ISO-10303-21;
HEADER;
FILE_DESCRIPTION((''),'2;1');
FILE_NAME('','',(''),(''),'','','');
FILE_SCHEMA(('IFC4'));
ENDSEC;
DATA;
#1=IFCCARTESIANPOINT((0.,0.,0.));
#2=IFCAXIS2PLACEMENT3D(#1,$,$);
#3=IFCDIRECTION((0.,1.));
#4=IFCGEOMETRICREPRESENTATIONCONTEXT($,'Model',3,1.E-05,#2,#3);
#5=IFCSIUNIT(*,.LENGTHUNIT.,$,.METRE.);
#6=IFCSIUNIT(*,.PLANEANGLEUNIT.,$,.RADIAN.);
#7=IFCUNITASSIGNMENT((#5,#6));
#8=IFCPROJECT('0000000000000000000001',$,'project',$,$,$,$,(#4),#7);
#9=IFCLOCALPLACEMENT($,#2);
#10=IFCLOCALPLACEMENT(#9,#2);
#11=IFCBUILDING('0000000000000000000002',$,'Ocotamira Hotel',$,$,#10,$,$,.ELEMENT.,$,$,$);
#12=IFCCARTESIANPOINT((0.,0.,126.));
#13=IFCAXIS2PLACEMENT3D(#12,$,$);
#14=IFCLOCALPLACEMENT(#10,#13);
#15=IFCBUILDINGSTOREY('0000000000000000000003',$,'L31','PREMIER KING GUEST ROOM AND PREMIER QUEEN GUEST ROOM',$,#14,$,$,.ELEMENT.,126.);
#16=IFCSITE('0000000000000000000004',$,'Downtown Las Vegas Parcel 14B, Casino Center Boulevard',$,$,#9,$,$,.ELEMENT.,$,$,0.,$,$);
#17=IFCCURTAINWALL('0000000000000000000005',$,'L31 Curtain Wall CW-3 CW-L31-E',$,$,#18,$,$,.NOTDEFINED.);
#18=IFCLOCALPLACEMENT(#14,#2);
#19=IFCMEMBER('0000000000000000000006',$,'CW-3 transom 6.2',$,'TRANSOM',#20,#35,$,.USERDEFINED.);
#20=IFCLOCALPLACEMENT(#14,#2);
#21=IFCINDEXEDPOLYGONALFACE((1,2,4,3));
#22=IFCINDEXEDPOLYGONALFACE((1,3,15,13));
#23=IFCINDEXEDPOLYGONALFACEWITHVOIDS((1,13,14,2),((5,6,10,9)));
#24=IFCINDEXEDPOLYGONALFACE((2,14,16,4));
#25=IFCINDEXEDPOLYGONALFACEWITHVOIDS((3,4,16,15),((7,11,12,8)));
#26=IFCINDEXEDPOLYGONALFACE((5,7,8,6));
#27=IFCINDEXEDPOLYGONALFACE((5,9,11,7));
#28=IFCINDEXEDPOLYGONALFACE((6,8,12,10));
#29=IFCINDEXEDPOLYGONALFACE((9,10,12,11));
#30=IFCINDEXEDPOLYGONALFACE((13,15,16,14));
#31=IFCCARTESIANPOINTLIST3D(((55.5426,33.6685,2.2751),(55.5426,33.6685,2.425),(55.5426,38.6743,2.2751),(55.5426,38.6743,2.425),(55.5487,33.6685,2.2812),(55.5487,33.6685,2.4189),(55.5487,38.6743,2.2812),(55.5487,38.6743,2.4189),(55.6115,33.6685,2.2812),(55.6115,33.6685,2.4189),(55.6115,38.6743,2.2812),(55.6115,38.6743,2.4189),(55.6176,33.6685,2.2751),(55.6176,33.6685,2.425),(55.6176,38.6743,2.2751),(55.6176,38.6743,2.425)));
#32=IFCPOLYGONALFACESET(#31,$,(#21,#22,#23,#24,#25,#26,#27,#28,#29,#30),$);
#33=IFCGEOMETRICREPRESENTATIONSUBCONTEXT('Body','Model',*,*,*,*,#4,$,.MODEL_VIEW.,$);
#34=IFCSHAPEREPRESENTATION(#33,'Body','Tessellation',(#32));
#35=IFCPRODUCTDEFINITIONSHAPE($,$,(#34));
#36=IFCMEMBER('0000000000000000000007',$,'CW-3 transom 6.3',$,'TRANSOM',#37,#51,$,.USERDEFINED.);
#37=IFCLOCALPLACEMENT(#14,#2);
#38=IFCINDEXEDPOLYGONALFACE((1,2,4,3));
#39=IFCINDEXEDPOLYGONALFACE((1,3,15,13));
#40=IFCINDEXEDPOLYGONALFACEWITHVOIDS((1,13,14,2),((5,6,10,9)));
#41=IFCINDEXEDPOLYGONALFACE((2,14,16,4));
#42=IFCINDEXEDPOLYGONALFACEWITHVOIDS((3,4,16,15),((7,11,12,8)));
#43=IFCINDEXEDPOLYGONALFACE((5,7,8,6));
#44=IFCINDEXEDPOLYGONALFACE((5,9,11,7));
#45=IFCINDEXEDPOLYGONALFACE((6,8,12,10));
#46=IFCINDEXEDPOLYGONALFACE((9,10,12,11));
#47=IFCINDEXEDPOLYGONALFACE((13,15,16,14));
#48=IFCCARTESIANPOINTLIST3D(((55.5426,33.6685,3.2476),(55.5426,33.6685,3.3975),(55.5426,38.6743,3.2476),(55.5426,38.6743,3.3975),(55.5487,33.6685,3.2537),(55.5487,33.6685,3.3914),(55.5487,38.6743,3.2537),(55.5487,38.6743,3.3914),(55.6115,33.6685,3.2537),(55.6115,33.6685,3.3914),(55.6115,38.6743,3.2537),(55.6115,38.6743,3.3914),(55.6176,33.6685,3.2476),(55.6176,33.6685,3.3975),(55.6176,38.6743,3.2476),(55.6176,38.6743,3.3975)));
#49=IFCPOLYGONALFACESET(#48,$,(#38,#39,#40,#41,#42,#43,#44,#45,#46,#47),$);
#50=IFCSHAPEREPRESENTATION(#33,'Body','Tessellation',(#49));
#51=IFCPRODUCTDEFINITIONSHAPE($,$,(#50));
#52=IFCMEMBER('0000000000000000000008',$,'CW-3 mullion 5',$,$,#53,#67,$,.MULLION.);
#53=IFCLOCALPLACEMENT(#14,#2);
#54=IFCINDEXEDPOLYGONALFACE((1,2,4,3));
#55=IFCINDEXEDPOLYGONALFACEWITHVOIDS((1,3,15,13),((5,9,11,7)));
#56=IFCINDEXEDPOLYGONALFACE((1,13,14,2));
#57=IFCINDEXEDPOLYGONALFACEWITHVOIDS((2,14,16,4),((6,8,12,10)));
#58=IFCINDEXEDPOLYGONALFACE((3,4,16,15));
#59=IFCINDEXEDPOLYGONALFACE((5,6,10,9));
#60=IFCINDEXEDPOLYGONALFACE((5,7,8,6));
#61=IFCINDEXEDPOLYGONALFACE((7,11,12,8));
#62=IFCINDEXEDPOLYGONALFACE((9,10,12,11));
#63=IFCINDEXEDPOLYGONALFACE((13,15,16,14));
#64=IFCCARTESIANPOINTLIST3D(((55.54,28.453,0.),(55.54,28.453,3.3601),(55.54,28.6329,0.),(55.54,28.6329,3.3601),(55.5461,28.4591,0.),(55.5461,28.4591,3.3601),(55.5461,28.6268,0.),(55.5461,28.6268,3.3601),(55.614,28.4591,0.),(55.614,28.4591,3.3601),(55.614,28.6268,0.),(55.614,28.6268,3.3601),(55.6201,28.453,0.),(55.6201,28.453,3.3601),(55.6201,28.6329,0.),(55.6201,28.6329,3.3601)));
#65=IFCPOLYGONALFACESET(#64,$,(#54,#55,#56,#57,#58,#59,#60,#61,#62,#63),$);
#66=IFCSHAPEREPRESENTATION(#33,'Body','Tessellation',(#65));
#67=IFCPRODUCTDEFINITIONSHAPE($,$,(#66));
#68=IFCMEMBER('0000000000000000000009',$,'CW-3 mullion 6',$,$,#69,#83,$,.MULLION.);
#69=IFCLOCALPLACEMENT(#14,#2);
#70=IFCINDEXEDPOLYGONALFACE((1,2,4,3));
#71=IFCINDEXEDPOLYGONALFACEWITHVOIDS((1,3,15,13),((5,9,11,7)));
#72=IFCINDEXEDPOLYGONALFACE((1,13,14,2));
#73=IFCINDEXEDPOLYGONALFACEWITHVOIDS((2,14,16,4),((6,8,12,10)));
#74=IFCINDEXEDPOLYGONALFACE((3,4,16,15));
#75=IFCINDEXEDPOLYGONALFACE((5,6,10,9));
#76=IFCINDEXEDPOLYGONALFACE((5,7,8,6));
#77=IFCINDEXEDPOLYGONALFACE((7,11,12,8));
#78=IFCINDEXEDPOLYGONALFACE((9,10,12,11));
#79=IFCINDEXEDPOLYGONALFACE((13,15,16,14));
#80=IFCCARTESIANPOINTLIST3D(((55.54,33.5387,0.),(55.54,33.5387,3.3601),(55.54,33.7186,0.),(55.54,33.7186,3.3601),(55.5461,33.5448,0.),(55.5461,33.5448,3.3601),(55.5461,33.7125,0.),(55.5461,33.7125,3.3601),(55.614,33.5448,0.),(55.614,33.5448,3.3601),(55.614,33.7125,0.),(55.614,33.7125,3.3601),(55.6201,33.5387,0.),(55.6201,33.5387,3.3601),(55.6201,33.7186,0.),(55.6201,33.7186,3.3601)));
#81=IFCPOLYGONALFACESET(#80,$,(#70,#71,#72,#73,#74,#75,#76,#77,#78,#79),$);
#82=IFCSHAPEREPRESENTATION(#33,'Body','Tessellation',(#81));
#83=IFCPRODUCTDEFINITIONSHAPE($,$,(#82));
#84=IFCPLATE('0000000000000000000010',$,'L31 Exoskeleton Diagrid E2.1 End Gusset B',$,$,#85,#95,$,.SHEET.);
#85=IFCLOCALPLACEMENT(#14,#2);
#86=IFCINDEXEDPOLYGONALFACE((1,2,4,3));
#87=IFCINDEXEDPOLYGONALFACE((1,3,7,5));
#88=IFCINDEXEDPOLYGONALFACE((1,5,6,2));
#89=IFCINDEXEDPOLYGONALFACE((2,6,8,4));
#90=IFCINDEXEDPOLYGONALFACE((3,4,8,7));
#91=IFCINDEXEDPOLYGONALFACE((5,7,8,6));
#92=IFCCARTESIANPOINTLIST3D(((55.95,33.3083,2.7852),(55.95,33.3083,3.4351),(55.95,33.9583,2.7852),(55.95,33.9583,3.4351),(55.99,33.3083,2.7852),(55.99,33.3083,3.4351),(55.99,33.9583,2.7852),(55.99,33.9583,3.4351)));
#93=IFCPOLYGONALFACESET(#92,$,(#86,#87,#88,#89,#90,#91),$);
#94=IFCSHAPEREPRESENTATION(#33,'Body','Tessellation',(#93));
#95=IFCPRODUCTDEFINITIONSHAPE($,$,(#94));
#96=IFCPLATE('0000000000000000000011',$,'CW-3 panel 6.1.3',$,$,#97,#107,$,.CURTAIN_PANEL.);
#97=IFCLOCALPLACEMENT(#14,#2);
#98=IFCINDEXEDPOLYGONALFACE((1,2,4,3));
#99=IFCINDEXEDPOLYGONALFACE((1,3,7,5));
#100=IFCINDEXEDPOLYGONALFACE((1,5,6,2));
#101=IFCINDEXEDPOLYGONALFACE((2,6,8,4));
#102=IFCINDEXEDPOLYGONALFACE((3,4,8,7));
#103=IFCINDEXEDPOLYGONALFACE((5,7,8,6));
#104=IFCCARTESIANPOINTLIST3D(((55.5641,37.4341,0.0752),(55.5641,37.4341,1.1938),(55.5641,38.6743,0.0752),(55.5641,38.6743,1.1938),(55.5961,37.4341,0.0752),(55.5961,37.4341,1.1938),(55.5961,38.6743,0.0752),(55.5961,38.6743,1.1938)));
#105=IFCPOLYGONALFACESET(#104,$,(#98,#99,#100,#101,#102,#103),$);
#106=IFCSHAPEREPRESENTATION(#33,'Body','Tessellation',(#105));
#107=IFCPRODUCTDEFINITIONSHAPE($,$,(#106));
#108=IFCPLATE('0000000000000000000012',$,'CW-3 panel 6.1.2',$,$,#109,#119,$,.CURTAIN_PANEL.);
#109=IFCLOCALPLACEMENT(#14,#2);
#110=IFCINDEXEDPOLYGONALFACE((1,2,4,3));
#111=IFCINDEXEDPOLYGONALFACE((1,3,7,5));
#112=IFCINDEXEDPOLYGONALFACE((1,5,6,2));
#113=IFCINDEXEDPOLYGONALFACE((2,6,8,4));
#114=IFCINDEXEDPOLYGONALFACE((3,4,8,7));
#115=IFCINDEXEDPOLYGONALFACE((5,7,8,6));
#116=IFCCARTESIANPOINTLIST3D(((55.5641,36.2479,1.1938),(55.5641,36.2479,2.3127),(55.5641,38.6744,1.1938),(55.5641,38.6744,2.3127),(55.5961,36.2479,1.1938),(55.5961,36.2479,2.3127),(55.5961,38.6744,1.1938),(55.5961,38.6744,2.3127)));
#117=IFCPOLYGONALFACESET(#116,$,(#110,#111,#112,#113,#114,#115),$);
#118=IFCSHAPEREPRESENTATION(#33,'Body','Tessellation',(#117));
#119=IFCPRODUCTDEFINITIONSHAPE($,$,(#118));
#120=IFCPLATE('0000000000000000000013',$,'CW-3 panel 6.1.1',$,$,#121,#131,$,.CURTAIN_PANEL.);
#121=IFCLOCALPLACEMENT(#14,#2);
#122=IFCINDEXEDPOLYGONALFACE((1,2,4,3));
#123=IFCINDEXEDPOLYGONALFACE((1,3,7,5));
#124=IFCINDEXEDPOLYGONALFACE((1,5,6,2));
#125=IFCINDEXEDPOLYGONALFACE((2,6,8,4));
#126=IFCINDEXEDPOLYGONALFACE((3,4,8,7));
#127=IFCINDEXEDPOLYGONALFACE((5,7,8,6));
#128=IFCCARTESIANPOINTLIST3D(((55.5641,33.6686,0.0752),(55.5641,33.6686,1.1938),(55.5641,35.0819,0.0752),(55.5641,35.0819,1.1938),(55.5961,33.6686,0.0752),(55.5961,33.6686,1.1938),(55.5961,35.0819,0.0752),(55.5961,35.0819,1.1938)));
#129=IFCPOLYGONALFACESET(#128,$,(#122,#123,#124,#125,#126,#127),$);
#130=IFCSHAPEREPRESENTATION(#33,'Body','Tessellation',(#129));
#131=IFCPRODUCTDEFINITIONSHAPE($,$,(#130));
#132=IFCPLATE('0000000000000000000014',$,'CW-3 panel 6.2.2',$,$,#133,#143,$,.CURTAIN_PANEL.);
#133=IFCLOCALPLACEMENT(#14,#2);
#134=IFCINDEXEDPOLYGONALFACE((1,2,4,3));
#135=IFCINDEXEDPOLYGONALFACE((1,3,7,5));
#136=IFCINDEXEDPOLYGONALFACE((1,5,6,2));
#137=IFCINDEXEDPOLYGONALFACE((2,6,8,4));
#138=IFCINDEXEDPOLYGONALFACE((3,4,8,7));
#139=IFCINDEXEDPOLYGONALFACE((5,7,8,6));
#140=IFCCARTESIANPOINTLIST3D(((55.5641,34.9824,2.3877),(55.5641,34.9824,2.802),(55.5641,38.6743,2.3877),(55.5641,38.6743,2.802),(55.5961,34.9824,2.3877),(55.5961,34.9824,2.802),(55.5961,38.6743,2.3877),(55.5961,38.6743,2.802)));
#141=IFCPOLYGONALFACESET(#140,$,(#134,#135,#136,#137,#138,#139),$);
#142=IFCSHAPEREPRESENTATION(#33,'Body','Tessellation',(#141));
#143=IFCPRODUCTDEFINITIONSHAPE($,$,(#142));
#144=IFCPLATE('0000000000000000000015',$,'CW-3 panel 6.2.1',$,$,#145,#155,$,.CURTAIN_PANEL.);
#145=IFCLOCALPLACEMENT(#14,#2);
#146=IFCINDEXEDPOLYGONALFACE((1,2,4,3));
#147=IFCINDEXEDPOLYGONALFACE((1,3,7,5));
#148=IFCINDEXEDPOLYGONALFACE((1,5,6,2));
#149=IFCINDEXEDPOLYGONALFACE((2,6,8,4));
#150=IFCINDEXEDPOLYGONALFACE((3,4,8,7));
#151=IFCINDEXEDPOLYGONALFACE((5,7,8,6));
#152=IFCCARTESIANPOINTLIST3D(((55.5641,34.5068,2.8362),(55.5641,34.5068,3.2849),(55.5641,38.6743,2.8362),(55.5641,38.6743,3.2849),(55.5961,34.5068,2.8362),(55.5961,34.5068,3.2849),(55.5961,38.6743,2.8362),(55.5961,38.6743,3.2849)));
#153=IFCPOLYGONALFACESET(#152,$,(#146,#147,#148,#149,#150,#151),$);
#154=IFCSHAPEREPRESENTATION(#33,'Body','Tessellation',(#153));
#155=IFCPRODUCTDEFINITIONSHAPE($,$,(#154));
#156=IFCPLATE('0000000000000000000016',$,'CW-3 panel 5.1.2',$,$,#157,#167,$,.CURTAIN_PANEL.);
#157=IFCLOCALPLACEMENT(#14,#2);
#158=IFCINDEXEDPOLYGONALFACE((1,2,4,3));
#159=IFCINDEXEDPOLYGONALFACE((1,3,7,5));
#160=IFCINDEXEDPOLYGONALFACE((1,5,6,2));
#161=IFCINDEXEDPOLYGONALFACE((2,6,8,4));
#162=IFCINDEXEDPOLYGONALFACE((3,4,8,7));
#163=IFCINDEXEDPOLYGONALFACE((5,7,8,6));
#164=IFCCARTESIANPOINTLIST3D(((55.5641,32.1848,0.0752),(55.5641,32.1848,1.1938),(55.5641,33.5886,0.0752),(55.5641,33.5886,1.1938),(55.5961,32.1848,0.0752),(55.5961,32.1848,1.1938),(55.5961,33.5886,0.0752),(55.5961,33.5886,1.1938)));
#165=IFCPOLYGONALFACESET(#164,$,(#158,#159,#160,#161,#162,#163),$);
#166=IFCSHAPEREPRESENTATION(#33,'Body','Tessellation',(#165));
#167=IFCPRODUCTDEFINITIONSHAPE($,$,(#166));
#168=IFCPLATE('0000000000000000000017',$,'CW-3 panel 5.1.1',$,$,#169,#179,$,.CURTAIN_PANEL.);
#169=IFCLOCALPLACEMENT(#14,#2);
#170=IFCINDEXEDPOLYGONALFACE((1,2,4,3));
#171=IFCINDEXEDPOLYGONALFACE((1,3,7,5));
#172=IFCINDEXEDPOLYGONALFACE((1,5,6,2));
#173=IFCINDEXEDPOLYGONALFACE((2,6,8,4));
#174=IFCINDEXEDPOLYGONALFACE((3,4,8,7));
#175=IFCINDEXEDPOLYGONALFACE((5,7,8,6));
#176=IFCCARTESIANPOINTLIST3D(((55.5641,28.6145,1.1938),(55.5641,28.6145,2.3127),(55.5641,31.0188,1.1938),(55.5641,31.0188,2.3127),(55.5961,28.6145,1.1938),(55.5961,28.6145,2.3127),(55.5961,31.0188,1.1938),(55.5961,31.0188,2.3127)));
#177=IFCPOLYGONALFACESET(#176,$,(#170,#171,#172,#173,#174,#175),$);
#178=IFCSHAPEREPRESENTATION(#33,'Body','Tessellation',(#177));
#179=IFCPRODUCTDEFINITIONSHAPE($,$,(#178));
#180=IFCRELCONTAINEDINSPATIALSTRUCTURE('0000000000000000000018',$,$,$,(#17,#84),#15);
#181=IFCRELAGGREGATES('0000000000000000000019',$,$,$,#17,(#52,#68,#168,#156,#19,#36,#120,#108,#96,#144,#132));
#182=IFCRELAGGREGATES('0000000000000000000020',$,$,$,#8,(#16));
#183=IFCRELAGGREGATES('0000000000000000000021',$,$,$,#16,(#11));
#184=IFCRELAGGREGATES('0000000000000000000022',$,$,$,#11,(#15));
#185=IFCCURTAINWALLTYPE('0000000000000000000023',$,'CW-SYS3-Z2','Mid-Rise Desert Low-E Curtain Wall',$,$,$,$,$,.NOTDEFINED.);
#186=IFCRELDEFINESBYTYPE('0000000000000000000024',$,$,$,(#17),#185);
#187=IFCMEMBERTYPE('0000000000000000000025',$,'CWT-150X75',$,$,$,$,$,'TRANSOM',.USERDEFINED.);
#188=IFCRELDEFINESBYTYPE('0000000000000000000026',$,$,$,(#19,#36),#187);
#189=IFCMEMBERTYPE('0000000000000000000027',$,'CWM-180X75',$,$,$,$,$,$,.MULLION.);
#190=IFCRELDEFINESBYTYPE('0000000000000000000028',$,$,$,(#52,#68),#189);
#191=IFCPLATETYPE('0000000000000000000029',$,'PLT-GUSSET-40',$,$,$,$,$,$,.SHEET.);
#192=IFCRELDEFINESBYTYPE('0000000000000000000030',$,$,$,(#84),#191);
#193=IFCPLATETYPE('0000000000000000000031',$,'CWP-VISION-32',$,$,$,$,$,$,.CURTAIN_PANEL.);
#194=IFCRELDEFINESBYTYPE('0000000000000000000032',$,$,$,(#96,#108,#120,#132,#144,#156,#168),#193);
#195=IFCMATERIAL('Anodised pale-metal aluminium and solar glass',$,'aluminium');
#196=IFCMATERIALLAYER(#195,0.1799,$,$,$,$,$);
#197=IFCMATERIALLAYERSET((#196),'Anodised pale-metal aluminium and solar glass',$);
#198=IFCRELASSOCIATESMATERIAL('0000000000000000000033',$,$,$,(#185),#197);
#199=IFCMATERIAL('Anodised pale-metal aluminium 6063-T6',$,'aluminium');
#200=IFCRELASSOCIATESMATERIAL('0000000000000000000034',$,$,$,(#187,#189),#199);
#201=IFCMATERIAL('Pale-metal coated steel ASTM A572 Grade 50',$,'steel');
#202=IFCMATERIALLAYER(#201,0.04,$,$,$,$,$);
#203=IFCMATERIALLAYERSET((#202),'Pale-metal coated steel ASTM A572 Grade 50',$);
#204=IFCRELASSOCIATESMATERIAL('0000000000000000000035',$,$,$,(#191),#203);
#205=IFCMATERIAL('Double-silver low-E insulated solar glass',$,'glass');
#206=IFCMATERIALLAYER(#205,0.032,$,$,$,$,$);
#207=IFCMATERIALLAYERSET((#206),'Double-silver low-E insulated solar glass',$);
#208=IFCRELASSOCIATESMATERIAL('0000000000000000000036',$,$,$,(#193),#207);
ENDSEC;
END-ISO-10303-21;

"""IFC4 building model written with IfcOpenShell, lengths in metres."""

from ifc_helpers import new_model, si_unit, direction, frame, origin, origin_2d, place, context, subcontext, project, spatial, rectangle, hollow_rectangle, extrude, source, transform, mapped, material, layer, layer_set, material_profile, profile_set, type_object, element, aggregate, save


model = new_model("IFC4")

# Units and contexts
model_context = context("Model", 3, precision=1e-05, world=origin(), true_north=direction((0.0, 1.0)))
body_context = subcontext(model_context, "Body", "Model", "MODEL_VIEW")
ifc_project = project(units=[si_unit("LENGTHUNIT", "METRE"), si_unit("PLANEANGLEUNIT", "RADIAN")], contexts=[model_context])

# Site, building, storey
site_placement = place(None, origin())
site = spatial("IfcSite", under=ifc_project, at=site_placement, Name="Downtown Las Vegas Parcel 14B, Casino Center Boulevard", CompositionType="ELEMENT", RefElevation=0.0)
building_placement = place(site_placement, origin())
building = spatial("IfcBuilding", under=site, at=building_placement, Name="Ocotamira Hotel", CompositionType="ELEMENT")
storey_placement = place(building_placement, frame((0.0, 0.0, 126.0)))
storey = spatial("IfcBuildingStorey", under=building, at=storey_placement, Name="L31", Description="PREMIER KING GUEST ROOM AND PREMIER QUEEN GUEST ROOM", CompositionType="ELEMENT", Elevation=126.0)

# Curtain wall, members
ifc_material_1 = material(Name="Anodised pale-metal aluminium and solar glass", Category="aluminium")
ifc_layer_1 = layer(ifc_material_1, 0.1799)
ifc_layer_set_1 = layer_set([ifc_layer_1], Name="Anodised pale-metal aluminium and solar glass")
curtain_wall_type = type_object("IfcCurtainWallType", Name="CW-SYS3-Z2", Description="Mid-Rise Desert Low-E Curtain Wall", PredefinedType="NOTDEFINED", material=ifc_layer_set_1)
curtain_wall_placement = place(storey_placement, origin())
curtain_wall = element("IfcCurtainWall", 1, at=curtain_wall_placement, inside=storey, type_object=curtain_wall_type, Name="L31 Curtain Wall CW-3 CW-L31-E", PredefinedType="NOTDEFINED")
ifc_material_2 = material(Name="Anodised pale-metal aluminium 6063-T6", Category="aluminium")
ifc_material_profile_1 = material_profile(ifc_material_2, hollow_rectangle(XDim=0.075, YDim=0.1499, WallThickness=0.0061, at=origin_2d()), Name="HSS150X75X6")
ifc_profile_set_1 = profile_set([ifc_material_profile_1], Name="Anodised pale-metal aluminium 6063-T6")
member_type_1 = type_object("IfcMemberType", Name="CWT-150X75", ElementType="TRANSOM", PredefinedType="USERDEFINED", material=ifc_profile_set_1)
shared_shape_1 = source(origin(), body_context, "Body", "SweptSolid", [
    extrude(hollow_rectangle(XDim=0.075, YDim=0.1499, WallThickness=0.0061, at=origin_2d()), origin(), (0.0, 0.0, 1.0), 5.0059),
])
member_1_placement = place(storey_placement, frame((55.5801, 33.6685, 2.3501), z_axis=(0.0, 1.0, 0.0), x_axis=(-1.0, 0.0, 0.0)))
member_1 = element("IfcMember", 2, at=member_1_placement, type_object=member_type_1, Name="CW-3 transom 6.2", ObjectType="TRANSOM", PredefinedType="USERDEFINED", context=body_context, shape_type="MappedRepresentation", body=[
    mapped(shared_shape_1, transform((0.0, 0.0, 0.0), scale=1.0)),
])
member_2_placement = place(storey_placement, frame((55.5801, 33.6685, 3.3225), z_axis=(0.0, 1.0, 0.0), x_axis=(-1.0, 0.0, 0.0)))
member_2 = element("IfcMember", 3, at=member_2_placement, type_object=member_type_1, Name="CW-3 transom 6.3", ObjectType="TRANSOM", PredefinedType="USERDEFINED", context=body_context, shape_type="MappedRepresentation", body=[
    mapped(shared_shape_1, transform((0.0, 0.0, 0.0), scale=1.0)),
])
ifc_material_profile_2 = material_profile(ifc_material_2, hollow_rectangle(XDim=0.0801, YDim=0.1799, WallThickness=0.0061, at=origin_2d()), Name="HSS180X80X6")
ifc_profile_set_2 = profile_set([ifc_material_profile_2], Name="Anodised pale-metal aluminium 6063-T6")
member_type_2 = type_object("IfcMemberType", Name="CWM-180X75", PredefinedType="MULLION", material=ifc_profile_set_2)
shared_shape_2 = source(origin(), body_context, "Body", "SweptSolid", [
    extrude(hollow_rectangle(XDim=0.0801, YDim=0.1799, WallThickness=0.0061, at=origin_2d()), origin(), (0.0, 0.0, 1.0), 3.3601),
])
member_3_placement = place(storey_placement, frame((55.5801, 28.543, 0.0), z_axis=(0.0, 0.0, 1.0), x_axis=(-1.0, 0.0, 0.0)))
member_3 = element("IfcMember", 4, at=member_3_placement, type_object=member_type_2, Name="CW-3 mullion 5", PredefinedType="MULLION", context=body_context, shape_type="MappedRepresentation", body=[
    mapped(shared_shape_2, transform((0.0, 0.0, 0.0), scale=1.0)),
])
member_4_placement = place(storey_placement, frame((55.5801, 33.6287, 0.0), z_axis=(0.0, 0.0, 1.0), x_axis=(-1.0, 0.0, 0.0)))
member_4 = element("IfcMember", 5, at=member_4_placement, type_object=member_type_2, Name="CW-3 mullion 6", PredefinedType="MULLION", context=body_context, shape_type="MappedRepresentation", body=[
    mapped(shared_shape_2, transform((0.0, 0.0, 0.0), scale=1.0)),
])

# Plates
ifc_material_3 = material(Name="Pale-metal coated steel ASTM A572 Grade 50", Category="steel")
ifc_layer_2 = layer(ifc_material_3, 0.04)
ifc_layer_set_2 = layer_set([ifc_layer_2], Name="Pale-metal coated steel ASTM A572 Grade 50")
plate_type_1 = type_object("IfcPlateType", Name="PLT-GUSSET-40", PredefinedType="SHEET", material=ifc_layer_set_2)
shared_shape_3 = source(origin(), body_context, "Body", "SweptSolid", [
    extrude(rectangle(XDim=0.04, YDim=0.6499, at=origin_2d()), origin(), (0.0, 0.0, 1.0), 0.6499),
])
plate_1_placement = place(storey_placement, frame((55.97, 33.6333, 2.7852), z_axis=(0.0, 0.0, 1.0), x_axis=(1.0, 0.0, 0.0)))
element("IfcPlate", 6, at=plate_1_placement, inside=storey, type_object=plate_type_1, Name="L31 Exoskeleton Diagrid E2.1 End Gusset B", PredefinedType="SHEET", context=body_context, shape_type="MappedRepresentation", body=[
    mapped(shared_shape_3, transform((0.0, 0.0, 0.0), scale=1.0)),
])
ifc_material_4 = material(Name="Double-silver low-E insulated solar glass", Category="glass")
ifc_layer_3 = layer(ifc_material_4, 0.032)
ifc_layer_set_3 = layer_set([ifc_layer_3], Name="Double-silver low-E insulated solar glass")
plate_type_2 = type_object("IfcPlateType", Name="CWP-VISION-32", PredefinedType="CURTAIN_PANEL", material=ifc_layer_set_3)
shared_shape_4 = source(origin(), body_context, "Body", "SweptSolid", [
    extrude(rectangle(XDim=1.2402, YDim=0.032, at=origin_2d()), origin(), (0.0, 0.0, 1.0), 1.1187),
])
plate_2_placement = place(storey_placement, frame((55.5801, 38.0542, 0.0752), z_axis=(0.0, 0.0, 1.0), x_axis=(0.0, 1.0, 0.0)))
plate_2 = element("IfcPlate", 7, at=plate_2_placement, type_object=plate_type_2, Name="CW-3 panel 6.1.3", PredefinedType="CURTAIN_PANEL", context=body_context, shape_type="MappedRepresentation", body=[
    mapped(shared_shape_4, transform((0.0, 0.0, 0.0), scale=1.0)),
])
shared_shape_5 = source(origin(), body_context, "Body", "SweptSolid", [
    extrude(rectangle(XDim=2.4265, YDim=0.032, at=origin_2d()), origin(), (0.0, 0.0, 1.0), 1.1189),
])
plate_3_placement = place(storey_placement, frame((55.5801, 37.4612, 1.1938), z_axis=(0.0, 0.0, 1.0), x_axis=(0.0, 1.0, 0.0)))
plate_3 = element("IfcPlate", 8, at=plate_3_placement, type_object=plate_type_2, Name="CW-3 panel 6.1.2", PredefinedType="CURTAIN_PANEL", context=body_context, shape_type="MappedRepresentation", body=[
    mapped(shared_shape_5, transform((0.0, 0.0, 0.0), scale=1.0)),
])
shared_shape_6 = source(origin(), body_context, "Body", "SweptSolid", [
    extrude(rectangle(XDim=1.4133, YDim=0.032, at=origin_2d()), origin(), (0.0, 0.0, 1.0), 1.1187),
])
plate_4_placement = place(storey_placement, frame((55.5801, 34.3752, 0.0752), z_axis=(0.0, 0.0, 1.0), x_axis=(0.0, 1.0, 0.0)))
plate_4 = element("IfcPlate", 9, at=plate_4_placement, type_object=plate_type_2, Name="CW-3 panel 6.1.1", PredefinedType="CURTAIN_PANEL", context=body_context, shape_type="MappedRepresentation", body=[
    mapped(shared_shape_6, transform((0.0, 0.0, 0.0), scale=1.0)),
])
shared_shape_7 = source(origin(), body_context, "Body", "SweptSolid", [
    extrude(rectangle(XDim=3.6919, YDim=0.032, at=origin_2d()), origin(), (0.0, 0.0, 1.0), 0.4143),
])
plate_5_placement = place(storey_placement, frame((55.5801, 36.8284, 2.3877), z_axis=(0.0, 0.0, 1.0), x_axis=(0.0, 1.0, 0.0)))
plate_5 = element("IfcPlate", 10, at=plate_5_placement, type_object=plate_type_2, Name="CW-3 panel 6.2.2", PredefinedType="CURTAIN_PANEL", context=body_context, shape_type="MappedRepresentation", body=[
    mapped(shared_shape_7, transform((0.0, 0.0, 0.0), scale=1.0)),
])
shared_shape_8 = source(origin(), body_context, "Body", "SweptSolid", [
    extrude(rectangle(XDim=4.1675, YDim=0.032, at=origin_2d()), origin(), (0.0, 0.0, 1.0), 0.4487),
])
plate_6_placement = place(storey_placement, frame((55.5801, 36.5906, 2.8362), z_axis=(0.0, 0.0, 1.0), x_axis=(0.0, 1.0, 0.0)))
plate_6 = element("IfcPlate", 11, at=plate_6_placement, type_object=plate_type_2, Name="CW-3 panel 6.2.1", PredefinedType="CURTAIN_PANEL", context=body_context, shape_type="MappedRepresentation", body=[
    mapped(shared_shape_8, transform((0.0, 0.0, 0.0), scale=1.0)),
])
shared_shape_9 = source(origin(), body_context, "Body", "SweptSolid", [
    extrude(rectangle(XDim=1.4038, YDim=0.032, at=origin_2d()), origin(), (0.0, 0.0, 1.0), 1.1187),
])
plate_7_placement = place(storey_placement, frame((55.5801, 32.8867, 0.0752), z_axis=(0.0, 0.0, 1.0), x_axis=(0.0, 1.0, 0.0)))
plate_7 = element("IfcPlate", 12, at=plate_7_placement, type_object=plate_type_2, Name="CW-3 panel 5.1.2", PredefinedType="CURTAIN_PANEL", context=body_context, shape_type="MappedRepresentation", body=[
    mapped(shared_shape_9, transform((0.0, 0.0, 0.0), scale=1.0)),
])
shared_shape_10 = source(origin(), body_context, "Body", "SweptSolid", [
    extrude(rectangle(XDim=2.4043, YDim=0.032, at=origin_2d()), origin(), (0.0, 0.0, 1.0), 1.1189),
])
plate_8_placement = place(storey_placement, frame((55.5801, 29.8167, 1.1938), z_axis=(0.0, 0.0, 1.0), x_axis=(0.0, 1.0, 0.0)))
plate_8 = element("IfcPlate", 13, at=plate_8_placement, type_object=plate_type_2, Name="CW-3 panel 5.1.1", PredefinedType="CURTAIN_PANEL", context=body_context, shape_type="MappedRepresentation", body=[
    mapped(shared_shape_10, transform((0.0, 0.0, 0.0), scale=1.0)),
])
aggregate(curtain_wall, [member_3, member_4, plate_8, plate_7, member_1, member_2, plate_4, plate_3, plate_2, plate_6, plate_5])

save(model, "model.ifc")
